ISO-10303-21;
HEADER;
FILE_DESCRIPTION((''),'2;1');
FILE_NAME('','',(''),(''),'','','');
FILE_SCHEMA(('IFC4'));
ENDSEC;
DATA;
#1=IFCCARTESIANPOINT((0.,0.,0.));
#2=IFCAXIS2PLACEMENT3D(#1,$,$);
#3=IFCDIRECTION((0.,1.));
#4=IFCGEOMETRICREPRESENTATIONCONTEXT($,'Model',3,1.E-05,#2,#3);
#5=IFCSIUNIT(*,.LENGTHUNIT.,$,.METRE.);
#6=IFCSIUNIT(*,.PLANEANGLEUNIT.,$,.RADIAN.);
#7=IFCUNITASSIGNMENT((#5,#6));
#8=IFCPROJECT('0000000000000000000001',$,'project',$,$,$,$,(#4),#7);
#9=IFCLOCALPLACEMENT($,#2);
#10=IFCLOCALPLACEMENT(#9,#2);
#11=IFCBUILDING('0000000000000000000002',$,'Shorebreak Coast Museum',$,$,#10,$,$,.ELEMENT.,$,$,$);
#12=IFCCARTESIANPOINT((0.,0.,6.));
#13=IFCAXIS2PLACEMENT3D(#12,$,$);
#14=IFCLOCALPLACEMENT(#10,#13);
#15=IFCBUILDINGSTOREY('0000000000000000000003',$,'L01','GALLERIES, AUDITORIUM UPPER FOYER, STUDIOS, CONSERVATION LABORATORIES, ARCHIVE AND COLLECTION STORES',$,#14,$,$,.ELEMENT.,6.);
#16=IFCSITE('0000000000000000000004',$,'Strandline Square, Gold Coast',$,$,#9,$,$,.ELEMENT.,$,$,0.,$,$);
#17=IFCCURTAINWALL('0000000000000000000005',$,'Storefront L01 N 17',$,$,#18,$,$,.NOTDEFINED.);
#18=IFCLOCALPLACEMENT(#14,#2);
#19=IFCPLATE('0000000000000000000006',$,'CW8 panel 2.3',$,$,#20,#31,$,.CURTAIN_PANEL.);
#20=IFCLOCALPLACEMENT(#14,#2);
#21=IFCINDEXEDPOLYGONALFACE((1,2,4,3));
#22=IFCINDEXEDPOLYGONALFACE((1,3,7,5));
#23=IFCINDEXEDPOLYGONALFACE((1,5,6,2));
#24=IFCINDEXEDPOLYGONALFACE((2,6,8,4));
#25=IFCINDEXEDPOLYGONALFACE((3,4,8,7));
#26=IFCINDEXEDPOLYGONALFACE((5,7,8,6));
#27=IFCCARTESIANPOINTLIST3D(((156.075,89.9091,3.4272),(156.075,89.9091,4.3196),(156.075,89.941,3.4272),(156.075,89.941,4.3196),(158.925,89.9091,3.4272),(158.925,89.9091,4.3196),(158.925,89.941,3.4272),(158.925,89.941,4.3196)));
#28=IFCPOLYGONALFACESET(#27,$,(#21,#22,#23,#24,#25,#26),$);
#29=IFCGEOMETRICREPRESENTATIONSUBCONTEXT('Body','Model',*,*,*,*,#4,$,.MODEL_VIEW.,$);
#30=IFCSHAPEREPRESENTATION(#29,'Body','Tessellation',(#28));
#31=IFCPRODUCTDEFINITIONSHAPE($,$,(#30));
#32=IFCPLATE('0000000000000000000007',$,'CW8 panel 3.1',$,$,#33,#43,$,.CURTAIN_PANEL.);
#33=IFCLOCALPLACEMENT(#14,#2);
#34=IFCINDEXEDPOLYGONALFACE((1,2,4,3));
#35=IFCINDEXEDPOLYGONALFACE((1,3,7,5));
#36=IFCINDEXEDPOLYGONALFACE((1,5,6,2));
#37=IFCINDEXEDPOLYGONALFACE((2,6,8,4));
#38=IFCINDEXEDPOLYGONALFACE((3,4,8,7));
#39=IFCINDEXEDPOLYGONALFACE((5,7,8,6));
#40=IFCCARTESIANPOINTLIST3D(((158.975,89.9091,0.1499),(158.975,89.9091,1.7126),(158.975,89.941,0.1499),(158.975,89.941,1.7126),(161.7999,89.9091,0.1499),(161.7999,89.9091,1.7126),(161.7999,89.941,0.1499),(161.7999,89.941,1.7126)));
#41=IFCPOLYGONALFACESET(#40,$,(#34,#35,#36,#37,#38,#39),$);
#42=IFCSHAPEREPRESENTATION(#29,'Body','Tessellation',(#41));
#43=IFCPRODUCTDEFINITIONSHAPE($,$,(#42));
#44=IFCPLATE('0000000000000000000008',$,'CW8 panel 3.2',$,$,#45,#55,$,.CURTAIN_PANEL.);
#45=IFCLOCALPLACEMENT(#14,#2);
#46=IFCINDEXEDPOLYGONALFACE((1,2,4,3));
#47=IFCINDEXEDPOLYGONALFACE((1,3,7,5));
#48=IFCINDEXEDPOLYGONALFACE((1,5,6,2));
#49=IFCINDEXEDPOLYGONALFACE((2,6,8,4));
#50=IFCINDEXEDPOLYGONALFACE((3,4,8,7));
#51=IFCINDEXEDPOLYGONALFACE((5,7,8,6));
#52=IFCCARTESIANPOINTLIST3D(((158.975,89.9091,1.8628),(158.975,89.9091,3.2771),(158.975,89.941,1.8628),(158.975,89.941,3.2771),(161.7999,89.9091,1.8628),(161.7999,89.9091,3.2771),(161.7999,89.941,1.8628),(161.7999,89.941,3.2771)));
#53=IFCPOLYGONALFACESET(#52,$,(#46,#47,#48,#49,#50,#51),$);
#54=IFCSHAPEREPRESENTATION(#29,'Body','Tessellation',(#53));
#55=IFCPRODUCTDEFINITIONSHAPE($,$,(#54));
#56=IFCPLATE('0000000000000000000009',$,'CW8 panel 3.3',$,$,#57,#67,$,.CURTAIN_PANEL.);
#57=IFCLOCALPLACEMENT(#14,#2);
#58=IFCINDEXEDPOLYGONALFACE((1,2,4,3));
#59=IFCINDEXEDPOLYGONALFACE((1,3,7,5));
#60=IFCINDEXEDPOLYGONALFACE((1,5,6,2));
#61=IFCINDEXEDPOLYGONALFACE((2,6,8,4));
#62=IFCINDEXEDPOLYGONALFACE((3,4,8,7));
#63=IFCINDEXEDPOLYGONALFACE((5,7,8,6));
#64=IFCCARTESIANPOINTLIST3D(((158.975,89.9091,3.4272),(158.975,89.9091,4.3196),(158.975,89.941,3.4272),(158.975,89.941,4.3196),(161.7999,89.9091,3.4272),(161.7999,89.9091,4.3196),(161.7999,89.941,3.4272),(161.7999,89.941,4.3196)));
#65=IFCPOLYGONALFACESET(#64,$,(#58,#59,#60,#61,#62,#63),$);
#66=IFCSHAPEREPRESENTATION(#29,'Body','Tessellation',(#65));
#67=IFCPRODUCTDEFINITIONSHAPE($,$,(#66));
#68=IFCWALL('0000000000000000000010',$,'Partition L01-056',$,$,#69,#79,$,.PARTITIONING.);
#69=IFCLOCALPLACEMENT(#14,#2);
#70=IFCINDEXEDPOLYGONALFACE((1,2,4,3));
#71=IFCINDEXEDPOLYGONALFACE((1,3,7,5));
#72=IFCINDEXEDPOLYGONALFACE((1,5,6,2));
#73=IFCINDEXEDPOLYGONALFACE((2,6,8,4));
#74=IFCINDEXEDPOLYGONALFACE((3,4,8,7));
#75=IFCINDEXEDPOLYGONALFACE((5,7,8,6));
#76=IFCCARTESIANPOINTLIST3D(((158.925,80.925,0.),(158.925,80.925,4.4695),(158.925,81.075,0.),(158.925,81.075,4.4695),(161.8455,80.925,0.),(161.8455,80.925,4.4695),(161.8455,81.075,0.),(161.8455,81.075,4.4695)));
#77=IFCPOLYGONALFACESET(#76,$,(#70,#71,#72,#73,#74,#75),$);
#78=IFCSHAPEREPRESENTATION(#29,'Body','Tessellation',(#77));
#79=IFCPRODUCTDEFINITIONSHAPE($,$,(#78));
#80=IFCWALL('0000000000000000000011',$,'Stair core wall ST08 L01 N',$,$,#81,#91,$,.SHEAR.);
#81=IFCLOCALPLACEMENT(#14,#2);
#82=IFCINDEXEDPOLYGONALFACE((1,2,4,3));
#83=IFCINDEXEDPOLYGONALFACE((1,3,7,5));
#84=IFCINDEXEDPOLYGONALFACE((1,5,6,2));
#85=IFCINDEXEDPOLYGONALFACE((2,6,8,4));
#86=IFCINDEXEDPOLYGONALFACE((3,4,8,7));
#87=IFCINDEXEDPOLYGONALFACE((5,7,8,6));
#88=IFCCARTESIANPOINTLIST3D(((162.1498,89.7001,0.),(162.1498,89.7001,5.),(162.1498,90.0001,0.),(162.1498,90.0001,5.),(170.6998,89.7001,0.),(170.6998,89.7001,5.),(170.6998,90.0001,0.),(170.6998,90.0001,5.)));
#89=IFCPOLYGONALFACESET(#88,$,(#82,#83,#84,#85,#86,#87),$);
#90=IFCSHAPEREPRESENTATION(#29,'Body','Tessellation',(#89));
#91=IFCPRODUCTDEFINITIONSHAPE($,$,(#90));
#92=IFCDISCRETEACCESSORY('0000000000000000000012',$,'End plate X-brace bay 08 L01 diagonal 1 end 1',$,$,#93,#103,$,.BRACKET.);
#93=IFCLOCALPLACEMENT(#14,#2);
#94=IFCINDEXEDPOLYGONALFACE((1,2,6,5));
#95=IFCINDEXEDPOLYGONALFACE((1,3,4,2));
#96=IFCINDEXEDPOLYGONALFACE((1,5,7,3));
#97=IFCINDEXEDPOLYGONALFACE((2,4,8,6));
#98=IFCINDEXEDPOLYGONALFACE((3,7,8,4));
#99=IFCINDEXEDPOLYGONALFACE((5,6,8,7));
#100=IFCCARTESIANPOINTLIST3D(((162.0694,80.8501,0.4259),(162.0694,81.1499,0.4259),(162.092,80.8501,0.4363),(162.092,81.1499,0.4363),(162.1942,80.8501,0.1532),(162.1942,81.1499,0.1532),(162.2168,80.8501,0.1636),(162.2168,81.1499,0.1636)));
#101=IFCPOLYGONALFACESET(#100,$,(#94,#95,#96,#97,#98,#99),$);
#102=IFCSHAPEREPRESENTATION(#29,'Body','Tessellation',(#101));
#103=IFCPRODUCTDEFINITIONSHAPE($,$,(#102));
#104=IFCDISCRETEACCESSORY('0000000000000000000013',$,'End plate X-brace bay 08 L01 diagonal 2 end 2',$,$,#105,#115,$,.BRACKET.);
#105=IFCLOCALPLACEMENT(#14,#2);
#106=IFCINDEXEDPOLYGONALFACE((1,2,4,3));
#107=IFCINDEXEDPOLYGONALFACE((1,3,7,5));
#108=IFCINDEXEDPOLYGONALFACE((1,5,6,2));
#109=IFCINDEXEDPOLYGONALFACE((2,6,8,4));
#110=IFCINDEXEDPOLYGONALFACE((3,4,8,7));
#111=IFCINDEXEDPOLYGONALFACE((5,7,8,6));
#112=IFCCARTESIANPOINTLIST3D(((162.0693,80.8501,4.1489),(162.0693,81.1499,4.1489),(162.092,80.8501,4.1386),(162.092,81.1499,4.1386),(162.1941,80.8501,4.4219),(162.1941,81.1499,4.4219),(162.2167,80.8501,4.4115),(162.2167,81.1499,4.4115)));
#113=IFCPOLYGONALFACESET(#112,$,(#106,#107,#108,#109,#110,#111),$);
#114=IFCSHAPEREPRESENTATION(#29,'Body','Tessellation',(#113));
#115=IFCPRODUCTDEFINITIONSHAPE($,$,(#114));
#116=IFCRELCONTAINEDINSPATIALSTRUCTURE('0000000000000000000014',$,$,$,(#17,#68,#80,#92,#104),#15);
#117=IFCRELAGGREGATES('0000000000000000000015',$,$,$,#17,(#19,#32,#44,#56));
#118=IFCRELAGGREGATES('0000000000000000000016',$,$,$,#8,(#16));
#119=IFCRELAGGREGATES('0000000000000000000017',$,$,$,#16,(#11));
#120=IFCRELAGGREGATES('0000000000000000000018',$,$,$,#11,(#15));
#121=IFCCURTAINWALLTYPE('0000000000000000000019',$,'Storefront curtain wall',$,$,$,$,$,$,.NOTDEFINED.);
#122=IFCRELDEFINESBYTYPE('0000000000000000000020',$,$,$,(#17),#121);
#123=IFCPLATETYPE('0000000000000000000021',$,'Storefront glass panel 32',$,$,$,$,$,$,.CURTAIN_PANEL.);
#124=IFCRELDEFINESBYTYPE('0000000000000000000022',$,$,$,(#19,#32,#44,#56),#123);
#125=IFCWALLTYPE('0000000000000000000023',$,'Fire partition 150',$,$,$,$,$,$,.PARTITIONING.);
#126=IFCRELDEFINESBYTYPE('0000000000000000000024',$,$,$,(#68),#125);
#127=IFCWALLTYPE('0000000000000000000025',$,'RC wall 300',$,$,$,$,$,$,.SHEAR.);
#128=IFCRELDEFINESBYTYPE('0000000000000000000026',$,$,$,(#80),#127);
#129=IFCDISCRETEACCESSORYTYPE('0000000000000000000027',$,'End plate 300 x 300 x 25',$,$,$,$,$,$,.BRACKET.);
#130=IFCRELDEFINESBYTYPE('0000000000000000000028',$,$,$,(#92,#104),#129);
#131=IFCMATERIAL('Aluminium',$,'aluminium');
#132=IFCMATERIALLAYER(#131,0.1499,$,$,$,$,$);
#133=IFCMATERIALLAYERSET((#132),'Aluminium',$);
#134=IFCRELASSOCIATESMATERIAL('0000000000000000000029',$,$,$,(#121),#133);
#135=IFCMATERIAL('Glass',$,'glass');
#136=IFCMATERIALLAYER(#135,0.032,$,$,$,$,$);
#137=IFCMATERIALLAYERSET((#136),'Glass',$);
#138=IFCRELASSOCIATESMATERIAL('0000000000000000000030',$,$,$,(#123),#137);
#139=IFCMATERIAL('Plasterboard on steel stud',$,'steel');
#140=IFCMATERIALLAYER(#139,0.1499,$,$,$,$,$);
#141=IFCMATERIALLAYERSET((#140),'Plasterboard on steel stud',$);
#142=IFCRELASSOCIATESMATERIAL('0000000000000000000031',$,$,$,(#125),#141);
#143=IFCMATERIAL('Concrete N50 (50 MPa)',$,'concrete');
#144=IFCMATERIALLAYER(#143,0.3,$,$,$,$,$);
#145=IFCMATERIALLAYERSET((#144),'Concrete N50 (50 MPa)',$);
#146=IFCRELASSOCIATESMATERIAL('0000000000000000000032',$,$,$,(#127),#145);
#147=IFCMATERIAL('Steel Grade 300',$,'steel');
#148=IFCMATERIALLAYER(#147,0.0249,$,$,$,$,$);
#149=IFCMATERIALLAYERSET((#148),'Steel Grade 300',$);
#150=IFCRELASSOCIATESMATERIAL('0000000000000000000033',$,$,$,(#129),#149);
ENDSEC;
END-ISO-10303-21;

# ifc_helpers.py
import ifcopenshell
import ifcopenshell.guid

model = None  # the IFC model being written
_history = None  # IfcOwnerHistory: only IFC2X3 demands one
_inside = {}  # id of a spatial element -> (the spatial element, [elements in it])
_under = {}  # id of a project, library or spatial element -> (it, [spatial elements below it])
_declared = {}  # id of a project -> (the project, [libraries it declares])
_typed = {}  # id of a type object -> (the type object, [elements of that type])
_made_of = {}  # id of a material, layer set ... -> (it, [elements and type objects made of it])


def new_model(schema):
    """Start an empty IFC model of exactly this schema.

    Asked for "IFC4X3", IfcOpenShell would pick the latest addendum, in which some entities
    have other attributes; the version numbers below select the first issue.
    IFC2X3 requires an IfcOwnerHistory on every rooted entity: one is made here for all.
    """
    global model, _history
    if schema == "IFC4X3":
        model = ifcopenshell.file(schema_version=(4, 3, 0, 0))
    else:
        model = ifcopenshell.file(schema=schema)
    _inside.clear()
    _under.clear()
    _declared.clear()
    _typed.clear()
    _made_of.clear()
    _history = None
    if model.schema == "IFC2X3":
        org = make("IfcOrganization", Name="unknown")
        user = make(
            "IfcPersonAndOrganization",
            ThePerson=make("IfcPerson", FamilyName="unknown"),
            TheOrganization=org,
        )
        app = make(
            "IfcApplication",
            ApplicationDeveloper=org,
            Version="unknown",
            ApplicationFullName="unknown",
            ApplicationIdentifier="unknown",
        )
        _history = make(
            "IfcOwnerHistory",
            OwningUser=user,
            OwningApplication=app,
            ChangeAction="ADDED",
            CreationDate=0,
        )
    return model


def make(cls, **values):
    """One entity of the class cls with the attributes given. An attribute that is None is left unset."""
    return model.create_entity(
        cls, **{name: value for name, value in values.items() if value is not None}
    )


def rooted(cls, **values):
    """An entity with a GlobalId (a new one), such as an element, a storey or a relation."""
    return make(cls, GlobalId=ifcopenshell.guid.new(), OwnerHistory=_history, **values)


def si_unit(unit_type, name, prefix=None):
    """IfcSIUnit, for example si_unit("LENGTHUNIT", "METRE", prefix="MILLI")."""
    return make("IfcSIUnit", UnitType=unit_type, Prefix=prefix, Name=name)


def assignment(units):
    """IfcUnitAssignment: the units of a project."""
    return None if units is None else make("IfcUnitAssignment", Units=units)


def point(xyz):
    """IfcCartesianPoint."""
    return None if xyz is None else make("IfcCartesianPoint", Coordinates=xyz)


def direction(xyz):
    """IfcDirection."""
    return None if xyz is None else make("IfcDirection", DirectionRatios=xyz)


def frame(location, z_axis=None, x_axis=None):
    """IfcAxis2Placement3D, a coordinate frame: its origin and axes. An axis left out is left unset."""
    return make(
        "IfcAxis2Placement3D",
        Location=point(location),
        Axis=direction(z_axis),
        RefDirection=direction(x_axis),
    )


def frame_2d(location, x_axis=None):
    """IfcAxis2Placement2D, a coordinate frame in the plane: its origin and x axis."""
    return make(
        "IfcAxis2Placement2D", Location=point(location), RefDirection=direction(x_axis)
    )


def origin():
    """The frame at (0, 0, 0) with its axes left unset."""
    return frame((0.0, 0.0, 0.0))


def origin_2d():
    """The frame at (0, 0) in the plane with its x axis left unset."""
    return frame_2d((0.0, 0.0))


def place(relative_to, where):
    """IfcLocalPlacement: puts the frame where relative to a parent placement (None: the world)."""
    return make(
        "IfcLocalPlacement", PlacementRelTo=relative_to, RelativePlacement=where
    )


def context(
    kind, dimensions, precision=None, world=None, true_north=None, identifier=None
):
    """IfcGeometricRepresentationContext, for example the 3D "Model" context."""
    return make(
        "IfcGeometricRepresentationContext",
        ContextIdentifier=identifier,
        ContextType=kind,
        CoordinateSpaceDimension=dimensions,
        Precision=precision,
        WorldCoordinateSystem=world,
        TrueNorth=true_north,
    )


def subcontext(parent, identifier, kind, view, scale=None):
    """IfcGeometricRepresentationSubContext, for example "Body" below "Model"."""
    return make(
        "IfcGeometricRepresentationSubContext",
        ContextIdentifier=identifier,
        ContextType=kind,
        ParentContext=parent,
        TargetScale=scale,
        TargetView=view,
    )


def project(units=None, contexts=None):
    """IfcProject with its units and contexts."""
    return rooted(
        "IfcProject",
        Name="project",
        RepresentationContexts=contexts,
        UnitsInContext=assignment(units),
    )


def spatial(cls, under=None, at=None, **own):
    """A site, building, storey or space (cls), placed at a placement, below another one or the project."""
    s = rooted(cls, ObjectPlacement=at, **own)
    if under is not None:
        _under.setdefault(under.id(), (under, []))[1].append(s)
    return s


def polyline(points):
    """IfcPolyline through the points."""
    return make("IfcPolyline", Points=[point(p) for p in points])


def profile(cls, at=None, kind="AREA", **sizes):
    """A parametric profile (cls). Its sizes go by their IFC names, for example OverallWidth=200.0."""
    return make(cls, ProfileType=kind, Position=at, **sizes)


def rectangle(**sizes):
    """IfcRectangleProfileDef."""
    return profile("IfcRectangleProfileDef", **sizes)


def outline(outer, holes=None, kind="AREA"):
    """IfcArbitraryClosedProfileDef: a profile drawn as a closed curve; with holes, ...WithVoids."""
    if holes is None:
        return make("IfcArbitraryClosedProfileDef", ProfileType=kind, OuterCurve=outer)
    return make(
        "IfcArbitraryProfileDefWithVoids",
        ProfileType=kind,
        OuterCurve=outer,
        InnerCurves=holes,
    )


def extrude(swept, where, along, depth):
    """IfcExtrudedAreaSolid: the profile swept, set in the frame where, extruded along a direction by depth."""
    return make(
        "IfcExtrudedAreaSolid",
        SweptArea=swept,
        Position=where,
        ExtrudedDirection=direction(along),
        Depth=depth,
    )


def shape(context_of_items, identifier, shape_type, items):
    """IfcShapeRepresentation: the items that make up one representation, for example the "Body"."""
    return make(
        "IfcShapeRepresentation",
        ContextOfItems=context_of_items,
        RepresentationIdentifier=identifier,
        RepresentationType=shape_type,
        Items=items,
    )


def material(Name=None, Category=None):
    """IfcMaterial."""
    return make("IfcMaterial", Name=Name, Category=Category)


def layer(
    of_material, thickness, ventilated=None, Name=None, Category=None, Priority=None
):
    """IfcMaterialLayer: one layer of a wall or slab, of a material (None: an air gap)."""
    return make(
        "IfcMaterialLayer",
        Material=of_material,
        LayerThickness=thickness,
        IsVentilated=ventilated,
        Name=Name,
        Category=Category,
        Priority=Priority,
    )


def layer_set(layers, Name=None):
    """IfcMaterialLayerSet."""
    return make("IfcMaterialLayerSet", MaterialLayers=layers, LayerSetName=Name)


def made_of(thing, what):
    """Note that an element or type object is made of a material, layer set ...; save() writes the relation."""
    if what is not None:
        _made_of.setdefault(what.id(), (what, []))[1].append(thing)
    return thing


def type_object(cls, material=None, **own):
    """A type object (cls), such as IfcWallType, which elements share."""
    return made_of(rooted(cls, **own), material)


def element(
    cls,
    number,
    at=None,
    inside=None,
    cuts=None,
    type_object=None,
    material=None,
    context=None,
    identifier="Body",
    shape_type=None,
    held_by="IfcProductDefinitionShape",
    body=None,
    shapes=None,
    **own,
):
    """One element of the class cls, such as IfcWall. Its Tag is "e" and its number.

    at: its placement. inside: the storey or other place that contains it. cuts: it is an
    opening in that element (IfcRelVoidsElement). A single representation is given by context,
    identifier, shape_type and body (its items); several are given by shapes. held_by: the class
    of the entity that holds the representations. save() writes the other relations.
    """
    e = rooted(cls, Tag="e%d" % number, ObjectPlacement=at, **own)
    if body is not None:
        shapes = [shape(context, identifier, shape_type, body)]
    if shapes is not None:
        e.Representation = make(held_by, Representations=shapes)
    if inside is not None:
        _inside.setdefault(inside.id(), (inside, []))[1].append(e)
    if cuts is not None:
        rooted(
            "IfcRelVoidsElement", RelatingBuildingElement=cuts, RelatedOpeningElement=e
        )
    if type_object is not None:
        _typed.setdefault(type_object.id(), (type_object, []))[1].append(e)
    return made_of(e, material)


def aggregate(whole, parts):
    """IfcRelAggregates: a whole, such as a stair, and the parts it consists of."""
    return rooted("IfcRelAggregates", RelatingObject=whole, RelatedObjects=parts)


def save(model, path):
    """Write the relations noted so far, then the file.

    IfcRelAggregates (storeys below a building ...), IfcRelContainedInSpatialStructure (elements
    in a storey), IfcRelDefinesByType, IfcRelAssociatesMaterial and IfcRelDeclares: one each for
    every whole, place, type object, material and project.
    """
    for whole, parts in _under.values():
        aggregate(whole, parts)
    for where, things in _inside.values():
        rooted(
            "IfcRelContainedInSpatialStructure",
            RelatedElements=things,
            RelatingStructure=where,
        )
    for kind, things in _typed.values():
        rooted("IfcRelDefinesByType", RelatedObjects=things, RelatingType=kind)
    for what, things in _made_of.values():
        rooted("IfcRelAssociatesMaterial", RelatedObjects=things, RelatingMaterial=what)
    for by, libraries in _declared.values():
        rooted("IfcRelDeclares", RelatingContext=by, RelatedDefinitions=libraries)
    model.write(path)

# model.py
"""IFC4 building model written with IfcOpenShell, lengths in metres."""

from ifc_helpers import new_model, si_unit, direction, frame, frame_2d, origin, origin_2d, place, context, subcontext, project, spatial, polyline, rectangle, outline, extrude, material, layer, layer_set, type_object, element, aggregate, save


model = new_model("IFC4")

# Units and contexts
model_context = context("Model", 3, precision=1e-05, world=origin(), true_north=direction((0.0, 1.0)))
body_context = subcontext(model_context, "Body", "Model", "MODEL_VIEW")
ifc_project = project(units=[si_unit("LENGTHUNIT", "METRE"), si_unit("PLANEANGLEUNIT", "RADIAN")], contexts=[model_context])

# Site, building, storey
site_placement = place(None, origin())
site = spatial("IfcSite", under=ifc_project, at=site_placement, Name="Strandline Square, Gold Coast", CompositionType="ELEMENT", RefElevation=0.0)
building_placement = place(site_placement, origin())
building = spatial("IfcBuilding", under=site, at=building_placement, Name="Shorebreak Coast Museum", CompositionType="ELEMENT")
storey_placement = place(building_placement, frame((0.0, 0.0, 6.0)))
storey = spatial("IfcBuildingStorey", under=building, at=storey_placement, Name="L01", Description="GALLERIES, AUDITORIUM UPPER FOYER, STUDIOS, CONSERVATION LABORATORIES, ARCHIVE AND COLLECTION STORES", CompositionType="ELEMENT", Elevation=6.0)

# Curtain wall
ifc_material_1 = material(Name="Aluminium", Category="aluminium")
ifc_layer_1 = layer(ifc_material_1, 0.1499)
ifc_layer_set_1 = layer_set([ifc_layer_1], Name="Aluminium")
curtain_wall_type = type_object("IfcCurtainWallType", Name="Storefront curtain wall", PredefinedType="NOTDEFINED", material=ifc_layer_set_1)
curtain_wall_placement = place(storey_placement, origin())
curtain_wall = element("IfcCurtainWall", 1, at=curtain_wall_placement, inside=storey, type_object=curtain_wall_type, Name="Storefront L01 N 17", PredefinedType="NOTDEFINED")

# Plates
ifc_material_2 = material(Name="Glass", Category="glass")
ifc_layer_2 = layer(ifc_material_2, 0.032)
ifc_layer_set_2 = layer_set([ifc_layer_2], Name="Glass")
plate_type = type_object("IfcPlateType", Name="Storefront glass panel 32", PredefinedType="CURTAIN_PANEL", material=ifc_layer_set_2)
plate_1_placement = place(storey_placement, frame((157.5, 89.925, 3.4272), z_axis=(0.0, 0.0, 1.0), x_axis=(1.0, 0.0, 0.0)))
plate_1 = element("IfcPlate", 2, at=plate_1_placement, type_object=plate_type, Name="CW8 panel 2.3", PredefinedType="CURTAIN_PANEL", context=body_context, shape_type="SweptSolid", body=[
    extrude(rectangle(XDim=2.8501, YDim=0.032, at=origin_2d()), origin(), (0.0, 0.0, 1.0), 0.8923),
])
plate_2_placement = place(storey_placement, frame((160.3875, 89.925, 0.1499), z_axis=(0.0, 0.0, 1.0), x_axis=(1.0, 0.0, 0.0)))
plate_2 = element("IfcPlate", 3, at=plate_2_placement, type_object=plate_type, Name="CW8 panel 3.1", PredefinedType="CURTAIN_PANEL", context=body_context, shape_type="SweptSolid", body=[
    extrude(rectangle(XDim=2.825, YDim=0.032, at=origin_2d()), origin(), (0.0, 0.0, 1.0), 1.5627),
])
plate_3_placement = place(storey_placement, frame((160.3875, 89.925, 1.8628), z_axis=(0.0, 0.0, 1.0), x_axis=(1.0, 0.0, 0.0)))
plate_3 = element("IfcPlate", 4, at=plate_3_placement, type_object=plate_type, Name="CW8 panel 3.2", PredefinedType="CURTAIN_PANEL", context=body_context, shape_type="SweptSolid", body=[
    extrude(rectangle(XDim=2.825, YDim=0.032, at=origin_2d()), origin(), (0.0, 0.0, 1.0), 1.4143),
])
plate_4_placement = place(storey_placement, frame((160.3875, 89.925, 3.4272), z_axis=(0.0, 0.0, 1.0), x_axis=(1.0, 0.0, 0.0)))
plate_4 = element("IfcPlate", 5, at=plate_4_placement, type_object=plate_type, Name="CW8 panel 3.3", PredefinedType="CURTAIN_PANEL", context=body_context, shape_type="SweptSolid", body=[
    extrude(rectangle(XDim=2.825, YDim=0.032, at=origin_2d()), origin(), (0.0, 0.0, 1.0), 0.8923),
])
aggregate(curtain_wall, [plate_1, plate_2, plate_3, plate_4])

# Walls
ifc_material_3 = material(Name="Plasterboard on steel stud", Category="steel")
ifc_layer_3 = layer(ifc_material_3, 0.1499)
ifc_layer_set_3 = layer_set([ifc_layer_3], Name="Plasterboard on steel stud")
wall_type_1 = type_object("IfcWallType", Name="Fire partition 150", PredefinedType="PARTITIONING", material=ifc_layer_set_3)
wall_1_placement = place(storey_placement, frame((158.925, 81.0, 0.0), z_axis=(0.0, 0.0, 1.0), x_axis=(1.0, 0.0, 0.0)))
element("IfcWall", 6, at=wall_1_placement, inside=storey, type_object=wall_type_1, Name="Partition L01-056", PredefinedType="PARTITIONING", context=body_context, shape_type="SweptSolid", body=[
    extrude(rectangle(XDim=2.9204, YDim=0.1499, at=frame_2d((1.4602, 0.0))), origin(), (0.0, 0.0, 1.0), 4.4695),
])
ifc_material_4 = material(Name="Concrete N50 (50 MPa)", Category="concrete")
ifc_layer_4 = layer(ifc_material_4, 0.3)
ifc_layer_set_4 = layer_set([ifc_layer_4], Name="Concrete N50 (50 MPa)")
wall_type_2 = type_object("IfcWallType", Name="RC wall 300", PredefinedType="SHEAR", material=ifc_layer_set_4)
wall_2_placement = place(storey_placement, frame((162.1499, 89.8501, 0.0), z_axis=(0.0, 0.0, 1.0), x_axis=(1.0, 0.0, 0.0)))
element("IfcWall", 7, at=wall_2_placement, inside=storey, type_object=wall_type_2, Name="Stair core wall ST08 L01 N", PredefinedType="SHEAR", context=body_context, shape_type="SweptSolid", body=[
    extrude(rectangle(XDim=8.55, YDim=0.3, at=frame_2d((4.2749, 0.0))), origin(), (0.0, 0.0, 1.0), 5.0),
])

# Discrete accessories
ifc_material_5 = material(Name="Steel Grade 300", Category="steel")
ifc_layer_5 = layer(ifc_material_5, 0.0249)
ifc_layer_set_5 = layer_set([ifc_layer_5], Name="Steel Grade 300")
discrete_accessory_type = type_object("IfcDiscreteAccessoryType", Name="End plate 300 x 300 x 25", PredefinedType="BRACKET", material=ifc_layer_set_5)
discrete_accessory_1_placement = place(storey_placement, frame((162.2168, 80.8501, 0.1636), z_axis=(0.90936, 0.0, 0.41601), x_axis=(0.0, 1.0, 0.0)))
element("IfcDiscreteAccessory", 8, at=discrete_accessory_1_placement, inside=storey, type_object=discrete_accessory_type, Name="End plate X-brace bay 08 L01 diagonal 1 end 1", PredefinedType="BRACKET", context=body_context, shape_type="SweptSolid", body=[
    extrude(outline(polyline([(0.0, 0.0), (0.2998, 0.0), (0.2998, 0.2999), (0.0, 0.2999), (0.0, 0.0)])), origin(), (0.0, 0.0, -1.0), 0.0249),
])
discrete_accessory_2_placement = place(storey_placement, frame((162.0693, 81.1499, 4.1489), z_axis=(-0.909501, 0.0, 0.415702), x_axis=(0.0, -1.0, 0.0)))
element("IfcDiscreteAccessory", 9, at=discrete_accessory_2_placement, inside=storey, type_object=discrete_accessory_type, Name="End plate X-brace bay 08 L01 diagonal 2 end 2", PredefinedType="BRACKET", context=body_context, shape_type="SweptSolid", body=[
    extrude(outline(polyline([(0.0, 0.0), (0.2998, 0.0), (0.2998, 0.3001), (0.0, 0.3001), (0.0, 0.0)])), origin(), (0.0, 0.0, -1.0), 0.0249),
])

save(model, "model.ifc")
